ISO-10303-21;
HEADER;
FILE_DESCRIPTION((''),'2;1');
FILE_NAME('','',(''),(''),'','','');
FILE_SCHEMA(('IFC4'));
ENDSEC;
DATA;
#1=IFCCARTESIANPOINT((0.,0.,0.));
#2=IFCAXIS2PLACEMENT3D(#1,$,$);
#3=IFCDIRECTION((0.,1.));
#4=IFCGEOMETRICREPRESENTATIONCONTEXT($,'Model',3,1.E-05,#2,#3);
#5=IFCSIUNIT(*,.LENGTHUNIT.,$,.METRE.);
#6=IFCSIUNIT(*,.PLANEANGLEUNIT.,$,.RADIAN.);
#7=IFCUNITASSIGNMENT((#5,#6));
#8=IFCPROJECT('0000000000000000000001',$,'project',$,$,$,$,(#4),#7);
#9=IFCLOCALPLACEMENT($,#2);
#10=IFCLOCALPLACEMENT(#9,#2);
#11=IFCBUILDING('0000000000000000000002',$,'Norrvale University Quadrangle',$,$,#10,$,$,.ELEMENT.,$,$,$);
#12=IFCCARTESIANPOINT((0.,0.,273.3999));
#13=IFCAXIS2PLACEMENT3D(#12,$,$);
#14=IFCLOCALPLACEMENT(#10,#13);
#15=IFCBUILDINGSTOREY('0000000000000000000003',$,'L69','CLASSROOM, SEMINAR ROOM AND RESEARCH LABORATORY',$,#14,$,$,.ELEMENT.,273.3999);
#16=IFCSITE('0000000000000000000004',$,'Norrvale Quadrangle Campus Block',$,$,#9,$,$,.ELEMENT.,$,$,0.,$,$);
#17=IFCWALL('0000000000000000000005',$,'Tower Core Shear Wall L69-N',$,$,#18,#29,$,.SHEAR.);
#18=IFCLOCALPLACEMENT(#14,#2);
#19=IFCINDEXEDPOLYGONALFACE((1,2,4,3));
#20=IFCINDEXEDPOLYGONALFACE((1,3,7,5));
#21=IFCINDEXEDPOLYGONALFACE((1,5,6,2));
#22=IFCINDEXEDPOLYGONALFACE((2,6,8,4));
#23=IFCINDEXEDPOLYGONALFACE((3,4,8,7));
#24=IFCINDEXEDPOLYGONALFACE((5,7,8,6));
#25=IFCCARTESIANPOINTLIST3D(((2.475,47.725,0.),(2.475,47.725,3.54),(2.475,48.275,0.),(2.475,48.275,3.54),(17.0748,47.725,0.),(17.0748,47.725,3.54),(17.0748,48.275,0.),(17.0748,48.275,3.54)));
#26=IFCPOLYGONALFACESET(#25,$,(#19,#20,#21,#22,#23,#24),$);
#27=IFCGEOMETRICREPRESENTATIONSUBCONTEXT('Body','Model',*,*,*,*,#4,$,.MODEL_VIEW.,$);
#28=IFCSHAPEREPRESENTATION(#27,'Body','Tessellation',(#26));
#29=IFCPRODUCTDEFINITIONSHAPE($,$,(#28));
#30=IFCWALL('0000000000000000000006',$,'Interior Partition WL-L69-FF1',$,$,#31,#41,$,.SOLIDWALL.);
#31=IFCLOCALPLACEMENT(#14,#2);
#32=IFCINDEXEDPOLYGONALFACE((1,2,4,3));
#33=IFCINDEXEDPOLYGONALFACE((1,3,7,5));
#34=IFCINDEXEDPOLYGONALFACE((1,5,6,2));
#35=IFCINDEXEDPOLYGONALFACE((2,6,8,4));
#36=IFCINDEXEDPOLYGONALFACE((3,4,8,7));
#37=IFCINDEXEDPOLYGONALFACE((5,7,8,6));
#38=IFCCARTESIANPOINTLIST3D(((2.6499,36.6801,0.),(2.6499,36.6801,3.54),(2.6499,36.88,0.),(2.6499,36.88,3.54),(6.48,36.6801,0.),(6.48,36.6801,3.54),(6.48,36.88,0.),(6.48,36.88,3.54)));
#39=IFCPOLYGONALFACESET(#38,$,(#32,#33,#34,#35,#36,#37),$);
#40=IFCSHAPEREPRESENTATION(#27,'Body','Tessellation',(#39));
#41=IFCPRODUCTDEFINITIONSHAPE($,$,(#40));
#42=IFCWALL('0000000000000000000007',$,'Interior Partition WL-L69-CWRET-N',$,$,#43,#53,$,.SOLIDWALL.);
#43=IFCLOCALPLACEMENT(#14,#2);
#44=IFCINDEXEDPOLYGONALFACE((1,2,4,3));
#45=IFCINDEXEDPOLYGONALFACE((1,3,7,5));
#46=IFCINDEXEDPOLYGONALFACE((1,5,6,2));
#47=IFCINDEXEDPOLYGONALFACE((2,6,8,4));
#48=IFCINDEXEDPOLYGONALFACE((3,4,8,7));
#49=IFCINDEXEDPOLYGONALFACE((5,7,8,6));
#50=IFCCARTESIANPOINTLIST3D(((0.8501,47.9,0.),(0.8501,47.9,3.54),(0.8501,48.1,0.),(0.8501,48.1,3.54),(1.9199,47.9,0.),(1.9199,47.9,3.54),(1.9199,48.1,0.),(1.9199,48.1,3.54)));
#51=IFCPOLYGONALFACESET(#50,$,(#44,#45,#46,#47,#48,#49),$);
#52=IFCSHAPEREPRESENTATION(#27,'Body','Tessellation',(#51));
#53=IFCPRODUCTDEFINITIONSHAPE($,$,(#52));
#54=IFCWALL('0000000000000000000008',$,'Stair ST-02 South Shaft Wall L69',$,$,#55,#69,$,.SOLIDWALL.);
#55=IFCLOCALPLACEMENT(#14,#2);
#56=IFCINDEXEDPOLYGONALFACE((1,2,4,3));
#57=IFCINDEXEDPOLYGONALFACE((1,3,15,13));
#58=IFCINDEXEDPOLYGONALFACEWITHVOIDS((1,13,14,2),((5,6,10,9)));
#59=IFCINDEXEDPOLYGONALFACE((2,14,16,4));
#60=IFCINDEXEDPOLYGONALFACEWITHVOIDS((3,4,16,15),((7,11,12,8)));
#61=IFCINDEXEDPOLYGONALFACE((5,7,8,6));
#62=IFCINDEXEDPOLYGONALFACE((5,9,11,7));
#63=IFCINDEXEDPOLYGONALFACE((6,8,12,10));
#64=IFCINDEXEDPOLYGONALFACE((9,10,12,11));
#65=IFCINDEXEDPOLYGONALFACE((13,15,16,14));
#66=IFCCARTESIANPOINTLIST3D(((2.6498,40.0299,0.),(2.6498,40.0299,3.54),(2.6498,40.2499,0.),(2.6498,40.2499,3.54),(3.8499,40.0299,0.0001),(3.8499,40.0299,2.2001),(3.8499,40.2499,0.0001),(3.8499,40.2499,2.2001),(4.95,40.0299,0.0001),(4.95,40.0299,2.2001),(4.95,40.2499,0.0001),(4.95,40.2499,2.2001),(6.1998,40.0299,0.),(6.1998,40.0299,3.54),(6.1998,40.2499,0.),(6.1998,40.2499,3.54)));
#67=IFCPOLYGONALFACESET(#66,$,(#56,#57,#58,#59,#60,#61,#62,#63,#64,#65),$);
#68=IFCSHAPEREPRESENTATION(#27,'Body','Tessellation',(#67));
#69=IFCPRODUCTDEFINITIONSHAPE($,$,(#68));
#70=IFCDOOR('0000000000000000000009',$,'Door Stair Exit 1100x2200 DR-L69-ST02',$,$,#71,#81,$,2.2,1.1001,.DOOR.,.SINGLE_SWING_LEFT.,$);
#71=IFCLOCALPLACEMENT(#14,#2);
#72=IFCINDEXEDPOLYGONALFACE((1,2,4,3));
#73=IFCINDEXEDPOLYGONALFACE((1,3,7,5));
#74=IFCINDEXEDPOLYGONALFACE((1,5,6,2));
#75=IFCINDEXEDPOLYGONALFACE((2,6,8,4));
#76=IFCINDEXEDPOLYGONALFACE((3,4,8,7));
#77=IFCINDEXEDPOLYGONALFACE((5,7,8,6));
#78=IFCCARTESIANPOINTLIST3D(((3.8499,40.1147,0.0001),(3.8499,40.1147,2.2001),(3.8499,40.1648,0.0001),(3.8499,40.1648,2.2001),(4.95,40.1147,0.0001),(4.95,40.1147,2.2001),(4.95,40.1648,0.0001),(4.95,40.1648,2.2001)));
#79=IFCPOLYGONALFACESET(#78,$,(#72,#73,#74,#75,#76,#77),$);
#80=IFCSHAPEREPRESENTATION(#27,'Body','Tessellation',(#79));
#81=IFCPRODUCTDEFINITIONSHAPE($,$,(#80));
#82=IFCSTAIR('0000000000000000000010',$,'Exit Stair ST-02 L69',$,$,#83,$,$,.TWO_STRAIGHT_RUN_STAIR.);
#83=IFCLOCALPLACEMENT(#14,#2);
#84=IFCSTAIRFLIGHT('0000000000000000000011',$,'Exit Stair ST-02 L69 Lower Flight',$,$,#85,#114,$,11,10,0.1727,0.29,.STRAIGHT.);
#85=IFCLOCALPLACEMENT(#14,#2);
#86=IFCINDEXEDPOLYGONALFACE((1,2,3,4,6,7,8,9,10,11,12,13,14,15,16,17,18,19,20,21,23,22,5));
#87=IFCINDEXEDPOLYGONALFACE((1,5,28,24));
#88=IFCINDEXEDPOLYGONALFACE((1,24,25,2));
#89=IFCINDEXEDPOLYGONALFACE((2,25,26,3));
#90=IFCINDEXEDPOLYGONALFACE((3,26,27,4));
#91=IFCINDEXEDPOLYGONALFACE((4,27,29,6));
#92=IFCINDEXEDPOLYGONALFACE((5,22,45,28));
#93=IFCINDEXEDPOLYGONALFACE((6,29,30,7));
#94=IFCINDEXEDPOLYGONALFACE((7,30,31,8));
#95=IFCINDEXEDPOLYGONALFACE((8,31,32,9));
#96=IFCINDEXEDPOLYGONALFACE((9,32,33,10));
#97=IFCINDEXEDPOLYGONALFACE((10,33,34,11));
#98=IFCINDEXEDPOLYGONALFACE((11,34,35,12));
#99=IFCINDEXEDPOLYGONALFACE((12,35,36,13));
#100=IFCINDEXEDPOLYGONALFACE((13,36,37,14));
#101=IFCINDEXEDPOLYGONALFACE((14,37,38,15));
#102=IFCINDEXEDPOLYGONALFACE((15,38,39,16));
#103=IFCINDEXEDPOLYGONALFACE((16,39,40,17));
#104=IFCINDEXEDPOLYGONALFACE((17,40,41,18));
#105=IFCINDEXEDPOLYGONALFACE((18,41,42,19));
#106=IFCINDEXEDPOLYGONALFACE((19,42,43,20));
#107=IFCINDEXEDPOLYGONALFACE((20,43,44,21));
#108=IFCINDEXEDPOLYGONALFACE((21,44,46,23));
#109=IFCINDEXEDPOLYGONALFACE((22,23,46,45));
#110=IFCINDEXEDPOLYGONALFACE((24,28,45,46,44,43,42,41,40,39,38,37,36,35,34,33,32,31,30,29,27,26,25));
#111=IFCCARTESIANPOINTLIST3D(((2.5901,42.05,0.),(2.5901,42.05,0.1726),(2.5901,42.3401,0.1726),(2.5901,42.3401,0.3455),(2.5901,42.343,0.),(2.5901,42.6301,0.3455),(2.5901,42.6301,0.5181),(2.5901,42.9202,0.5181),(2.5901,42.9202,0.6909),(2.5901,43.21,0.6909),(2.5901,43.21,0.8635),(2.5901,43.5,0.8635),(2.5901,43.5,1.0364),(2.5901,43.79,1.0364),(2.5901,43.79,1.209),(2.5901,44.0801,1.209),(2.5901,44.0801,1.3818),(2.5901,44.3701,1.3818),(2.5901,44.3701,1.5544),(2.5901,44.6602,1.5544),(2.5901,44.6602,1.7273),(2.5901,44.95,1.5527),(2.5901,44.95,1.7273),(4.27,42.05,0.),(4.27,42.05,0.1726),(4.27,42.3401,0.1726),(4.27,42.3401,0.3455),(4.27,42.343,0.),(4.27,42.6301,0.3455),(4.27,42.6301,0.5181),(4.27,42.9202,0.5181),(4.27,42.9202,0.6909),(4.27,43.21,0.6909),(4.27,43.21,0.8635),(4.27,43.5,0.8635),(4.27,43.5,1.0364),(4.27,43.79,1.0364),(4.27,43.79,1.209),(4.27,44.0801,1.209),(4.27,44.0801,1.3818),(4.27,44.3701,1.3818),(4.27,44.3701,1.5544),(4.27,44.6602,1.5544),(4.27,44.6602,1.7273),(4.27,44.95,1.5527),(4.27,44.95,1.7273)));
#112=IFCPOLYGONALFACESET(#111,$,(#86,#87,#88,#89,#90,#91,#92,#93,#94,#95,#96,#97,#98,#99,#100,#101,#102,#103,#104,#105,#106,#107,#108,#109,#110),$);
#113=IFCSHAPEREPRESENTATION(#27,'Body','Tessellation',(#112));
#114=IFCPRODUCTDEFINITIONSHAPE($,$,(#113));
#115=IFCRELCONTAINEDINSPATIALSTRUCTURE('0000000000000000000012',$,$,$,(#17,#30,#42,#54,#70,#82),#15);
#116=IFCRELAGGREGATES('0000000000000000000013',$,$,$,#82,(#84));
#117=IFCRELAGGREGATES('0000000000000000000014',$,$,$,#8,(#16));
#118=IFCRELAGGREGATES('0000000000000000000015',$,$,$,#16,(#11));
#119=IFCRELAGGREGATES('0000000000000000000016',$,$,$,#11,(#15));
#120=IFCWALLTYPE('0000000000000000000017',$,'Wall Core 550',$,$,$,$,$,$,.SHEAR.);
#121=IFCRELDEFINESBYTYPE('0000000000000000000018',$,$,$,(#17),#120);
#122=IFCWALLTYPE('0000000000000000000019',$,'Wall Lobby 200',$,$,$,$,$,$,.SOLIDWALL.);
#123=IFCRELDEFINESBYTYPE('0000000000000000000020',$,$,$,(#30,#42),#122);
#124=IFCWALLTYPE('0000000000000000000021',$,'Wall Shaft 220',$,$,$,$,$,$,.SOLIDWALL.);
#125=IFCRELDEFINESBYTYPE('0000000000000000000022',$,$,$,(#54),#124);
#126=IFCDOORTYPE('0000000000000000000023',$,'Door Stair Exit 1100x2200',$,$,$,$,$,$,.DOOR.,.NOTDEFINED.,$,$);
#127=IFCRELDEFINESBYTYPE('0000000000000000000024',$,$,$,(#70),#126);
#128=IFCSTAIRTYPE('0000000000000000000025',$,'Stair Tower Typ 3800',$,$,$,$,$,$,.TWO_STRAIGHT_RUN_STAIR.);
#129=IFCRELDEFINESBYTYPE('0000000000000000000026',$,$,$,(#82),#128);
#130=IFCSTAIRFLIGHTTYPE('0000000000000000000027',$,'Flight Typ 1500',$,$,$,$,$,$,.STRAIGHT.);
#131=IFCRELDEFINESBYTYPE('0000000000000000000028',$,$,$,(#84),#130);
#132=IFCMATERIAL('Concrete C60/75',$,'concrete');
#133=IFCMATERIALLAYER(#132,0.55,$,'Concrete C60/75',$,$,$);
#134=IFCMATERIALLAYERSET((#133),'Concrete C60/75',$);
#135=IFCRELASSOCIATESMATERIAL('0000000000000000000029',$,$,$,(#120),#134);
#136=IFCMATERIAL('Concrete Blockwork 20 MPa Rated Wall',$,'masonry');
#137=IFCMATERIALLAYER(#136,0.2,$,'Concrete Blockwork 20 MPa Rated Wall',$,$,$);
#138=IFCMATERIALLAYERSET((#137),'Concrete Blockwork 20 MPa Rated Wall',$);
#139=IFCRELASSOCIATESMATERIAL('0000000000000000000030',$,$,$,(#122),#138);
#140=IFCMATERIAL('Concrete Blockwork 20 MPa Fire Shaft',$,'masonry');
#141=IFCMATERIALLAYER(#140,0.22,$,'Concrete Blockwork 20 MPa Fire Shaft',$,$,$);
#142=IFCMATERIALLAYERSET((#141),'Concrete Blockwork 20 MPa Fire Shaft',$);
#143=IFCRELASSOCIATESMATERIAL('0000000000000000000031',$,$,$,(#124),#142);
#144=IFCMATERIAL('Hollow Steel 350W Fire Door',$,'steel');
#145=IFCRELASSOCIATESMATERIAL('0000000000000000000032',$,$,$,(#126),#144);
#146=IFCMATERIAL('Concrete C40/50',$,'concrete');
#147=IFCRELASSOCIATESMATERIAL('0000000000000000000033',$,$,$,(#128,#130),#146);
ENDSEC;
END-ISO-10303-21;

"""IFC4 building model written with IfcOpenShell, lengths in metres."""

from ifc_helpers import new_model, si_unit, direction, frame, frame_2d, origin, place, context, subcontext, project, spatial, polyline, rectangle, outline, extrude, material, layer, layer_set, type_object, element, fill, aggregate, save


model = new_model("IFC4")

# Units and contexts
model_context = context("Model", 3, precision=1e-05, world=origin(), true_north=direction((0.0, 1.0)))
body_context = subcontext(model_context, "Body", "Model", "MODEL_VIEW")
ifc_project = project(units=[si_unit("LENGTHUNIT", "METRE"), si_unit("PLANEANGLEUNIT", "RADIAN")], contexts=[model_context])

# Site, building, storey
site_placement = place(None, origin())
site = spatial("IfcSite", under=ifc_project, at=site_placement, Name="Norrvale Quadrangle Campus Block", CompositionType="ELEMENT", RefElevation=0.0)
building_placement = place(site_placement, origin())
building = spatial("IfcBuilding", under=site, at=building_placement, Name="Norrvale University Quadrangle", CompositionType="ELEMENT")
storey_placement = place(building_placement, frame((0.0, 0.0, 273.3999)))
storey = spatial("IfcBuildingStorey", under=building, at=storey_placement, Name="L69", Description="CLASSROOM, SEMINAR ROOM AND RESEARCH LABORATORY", CompositionType="ELEMENT", Elevation=273.3999)

# Shared definitions
ifc_material_1 = material(Name="Concrete C60/75", Category="concrete")

# Walls
ifc_layer_1 = layer(ifc_material_1, 0.55, Name="Concrete C60/75")
ifc_layer_set_1 = layer_set([ifc_layer_1], Name="Concrete C60/75")
wall_type_1 = type_object("IfcWallType", Name="Wall Core 550", PredefinedType="SHEAR", material=ifc_layer_set_1)
wall_1_placement = place(storey_placement, frame((2.4751, 48.0, 0.0), z_axis=(0.0, 0.0, 1.0), x_axis=(1.0, 0.0, 0.0)))
element("IfcWall", 1, at=wall_1_placement, inside=storey, type_object=wall_type_1, Name="Tower Core Shear Wall L69-N", PredefinedType="SHEAR", context=body_context, shape_type="SweptSolid", body=[
    extrude(rectangle(XDim=14.5999, YDim=0.55, at=frame_2d((7.2998, 0.0))), origin(), (0.0, 0.0, 1.0), 3.54),
])
ifc_material_2 = material(Name="Concrete Blockwork 20 MPa Rated Wall", Category="masonry")
ifc_layer_2 = layer(ifc_material_2, 0.2, Name="Concrete Blockwork 20 MPa Rated Wall")
ifc_layer_set_2 = layer_set([ifc_layer_2], Name="Concrete Blockwork 20 MPa Rated Wall")
wall_type_2 = type_object("IfcWallType", Name="Wall Lobby 200", PredefinedType="SOLIDWALL", material=ifc_layer_set_2)
wall_2_placement = place(storey_placement, frame((2.6499, 36.78, 0.0), z_axis=(0.0, 0.0, 1.0), x_axis=(1.0, 0.0, 0.0)))
element("IfcWall", 2, at=wall_2_placement, inside=storey, type_object=wall_type_2, Name="Interior Partition WL-L69-FF1", PredefinedType="SOLIDWALL", context=body_context, shape_type="SweptSolid", body=[
    extrude(rectangle(XDim=3.8301, YDim=0.2, at=frame_2d((1.915, 0.0))), origin(), (0.0, 0.0, 1.0), 3.54),
])
wall_3_placement = place(storey_placement, frame((0.8501, 48.0, 0.0), z_axis=(0.0, 0.0, 1.0), x_axis=(1.0, 0.0, 0.0)))
element("IfcWall", 3, at=wall_3_placement, inside=storey, type_object=wall_type_2, Name="Interior Partition WL-L69-CWRET-N", PredefinedType="SOLIDWALL", context=body_context, shape_type="SweptSolid", body=[
    extrude(rectangle(XDim=1.0698, YDim=0.2, at=frame_2d((0.5349, 0.0))), origin(), (0.0, 0.0, 1.0), 3.54),
])

# Wall, opening, door
ifc_material_3 = material(Name="Concrete Blockwork 20 MPa Fire Shaft", Category="masonry")
ifc_layer_3 = layer(ifc_material_3, 0.22, Name="Concrete Blockwork 20 MPa Fire Shaft")
ifc_layer_set_3 = layer_set([ifc_layer_3], Name="Concrete Blockwork 20 MPa Fire Shaft")
wall_type_3 = type_object("IfcWallType", Name="Wall Shaft 220", PredefinedType="SOLIDWALL", material=ifc_layer_set_3)
wall_4_placement = place(storey_placement, frame((2.6499, 40.1399, 0.0), z_axis=(0.0, 0.0, 1.0), x_axis=(1.0, 0.0, 0.0)))
wall_4 = element("IfcWall", 4, at=wall_4_placement, inside=storey, type_object=wall_type_3, Name="Stair ST-02 South Shaft Wall L69", PredefinedType="SOLIDWALL", context=body_context, shape_type="SweptSolid", body=[
    extrude(rectangle(XDim=3.55, YDim=0.22, at=frame_2d((1.7749, 0.0))), origin(), (0.0, 0.0, 1.0), 3.54),
])
opening_1_placement = place(wall_4_placement, frame((1.2, 0.0, 0.0)))
opening_1 = element("IfcOpeningElement", 5, at=opening_1_placement, cuts=wall_4, PredefinedType="OPENING", context=body_context, shape_type="SweptSolid", body=[
    extrude(rectangle(XDim=1.1001, YDim=2.2, at=frame_2d((0.55, 1.1001))), frame((0.0, 0.1221, 0.0), z_axis=(0.0, -1.0, 0.0), x_axis=(1.0, 0.0, 0.0)), (0.0, 0.0, 1.0), 0.2439),
])
ifc_material_4 = material(Name="Hollow Steel 350W Fire Door", Category="steel")
door_type = type_object("IfcDoorType", Name="Door Stair Exit 1100x2200", OperationType="NOTDEFINED", PredefinedType="DOOR", material=ifc_material_4)
door_placement = place(opening_1_placement, origin())
door = element("IfcDoor", 6, at=door_placement, inside=storey, type_object=door_type, Name="Door Stair Exit 1100x2200 DR-L69-ST02", OperationType="SINGLE_SWING_LEFT", OverallHeight=2.2, OverallWidth=1.1001, PredefinedType="DOOR", context=body_context, shape_type="SweptSolid", body=[
    extrude(rectangle(XDim=1.1001, YDim=2.2, at=frame_2d((0.55, 1.1001))), frame((0.0, 0.0249, 0.0), z_axis=(0.0, -1.0, 0.0), x_axis=(1.0, 0.0, 0.0)), (0.0, 0.0, 1.0), 0.05),
])
fill(opening_1, door)

# Stair, stair flight
ifc_material_5 = material(Name="Concrete C40/50", Category="concrete")
stair_type = type_object("IfcStairType", Name="Stair Tower Typ 3800", PredefinedType="TWO_STRAIGHT_RUN_STAIR", material=ifc_material_5)
stair_placement = place(storey_placement, origin())
stair = element("IfcStair", 7, at=stair_placement, inside=storey, type_object=stair_type, Name="Exit Stair ST-02 L69", PredefinedType="TWO_STRAIGHT_RUN_STAIR")
stair_flight_type = type_object("IfcStairFlightType", Name="Flight Typ 1500", PredefinedType="STRAIGHT", material=ifc_material_5)
stair_flight_placement = place(storey_placement, frame((3.4299, 42.05, 0.0), z_axis=(0.0, 0.0, 1.0), x_axis=(0.0, 1.0, 0.0)))
stair_flight = element("IfcStairFlight", 8, at=stair_flight_placement, type_object=stair_flight_type, Name="Exit Stair ST-02 L69 Lower Flight", NumberOfRisers=11, NumberOfTreads=10, PredefinedType="STRAIGHT", RiserHeight=0.1727, TreadLength=0.29, context=body_context, shape_type="SweptSolid", body=[
    extrude(outline(polyline([(0.0, 0.0), (0.0, 0.1726), (0.29, 0.1726), (0.29, 0.3455), (0.5801, 0.3455), (0.5801, 0.5181), (0.8701, 0.5181), (0.8701, 0.6909), (1.1599, 0.6909), (1.1599, 0.8635), (1.45, 0.8635), (1.45, 1.0364), (1.74, 1.0364), (1.74, 1.209), (2.03, 1.209), (2.03, 1.3818), (2.3201, 1.3818), (2.3201, 1.5544), (2.6101, 1.5544), (2.6101, 1.7273), (2.8999, 1.7273), (2.8999, 1.8999), (2.8999, 1.5527), (0.293, 0.0), (0.0, 0.0)])), frame((0.0, 0.8398, 0.0), z_axis=(0.0, -1.0, 0.0), x_axis=(1.0, 0.0, 0.0)), (0.0, 0.0, 1.0), 1.6799),
])
aggregate(stair, [stair_flight])

save(model, "model.ifc")
